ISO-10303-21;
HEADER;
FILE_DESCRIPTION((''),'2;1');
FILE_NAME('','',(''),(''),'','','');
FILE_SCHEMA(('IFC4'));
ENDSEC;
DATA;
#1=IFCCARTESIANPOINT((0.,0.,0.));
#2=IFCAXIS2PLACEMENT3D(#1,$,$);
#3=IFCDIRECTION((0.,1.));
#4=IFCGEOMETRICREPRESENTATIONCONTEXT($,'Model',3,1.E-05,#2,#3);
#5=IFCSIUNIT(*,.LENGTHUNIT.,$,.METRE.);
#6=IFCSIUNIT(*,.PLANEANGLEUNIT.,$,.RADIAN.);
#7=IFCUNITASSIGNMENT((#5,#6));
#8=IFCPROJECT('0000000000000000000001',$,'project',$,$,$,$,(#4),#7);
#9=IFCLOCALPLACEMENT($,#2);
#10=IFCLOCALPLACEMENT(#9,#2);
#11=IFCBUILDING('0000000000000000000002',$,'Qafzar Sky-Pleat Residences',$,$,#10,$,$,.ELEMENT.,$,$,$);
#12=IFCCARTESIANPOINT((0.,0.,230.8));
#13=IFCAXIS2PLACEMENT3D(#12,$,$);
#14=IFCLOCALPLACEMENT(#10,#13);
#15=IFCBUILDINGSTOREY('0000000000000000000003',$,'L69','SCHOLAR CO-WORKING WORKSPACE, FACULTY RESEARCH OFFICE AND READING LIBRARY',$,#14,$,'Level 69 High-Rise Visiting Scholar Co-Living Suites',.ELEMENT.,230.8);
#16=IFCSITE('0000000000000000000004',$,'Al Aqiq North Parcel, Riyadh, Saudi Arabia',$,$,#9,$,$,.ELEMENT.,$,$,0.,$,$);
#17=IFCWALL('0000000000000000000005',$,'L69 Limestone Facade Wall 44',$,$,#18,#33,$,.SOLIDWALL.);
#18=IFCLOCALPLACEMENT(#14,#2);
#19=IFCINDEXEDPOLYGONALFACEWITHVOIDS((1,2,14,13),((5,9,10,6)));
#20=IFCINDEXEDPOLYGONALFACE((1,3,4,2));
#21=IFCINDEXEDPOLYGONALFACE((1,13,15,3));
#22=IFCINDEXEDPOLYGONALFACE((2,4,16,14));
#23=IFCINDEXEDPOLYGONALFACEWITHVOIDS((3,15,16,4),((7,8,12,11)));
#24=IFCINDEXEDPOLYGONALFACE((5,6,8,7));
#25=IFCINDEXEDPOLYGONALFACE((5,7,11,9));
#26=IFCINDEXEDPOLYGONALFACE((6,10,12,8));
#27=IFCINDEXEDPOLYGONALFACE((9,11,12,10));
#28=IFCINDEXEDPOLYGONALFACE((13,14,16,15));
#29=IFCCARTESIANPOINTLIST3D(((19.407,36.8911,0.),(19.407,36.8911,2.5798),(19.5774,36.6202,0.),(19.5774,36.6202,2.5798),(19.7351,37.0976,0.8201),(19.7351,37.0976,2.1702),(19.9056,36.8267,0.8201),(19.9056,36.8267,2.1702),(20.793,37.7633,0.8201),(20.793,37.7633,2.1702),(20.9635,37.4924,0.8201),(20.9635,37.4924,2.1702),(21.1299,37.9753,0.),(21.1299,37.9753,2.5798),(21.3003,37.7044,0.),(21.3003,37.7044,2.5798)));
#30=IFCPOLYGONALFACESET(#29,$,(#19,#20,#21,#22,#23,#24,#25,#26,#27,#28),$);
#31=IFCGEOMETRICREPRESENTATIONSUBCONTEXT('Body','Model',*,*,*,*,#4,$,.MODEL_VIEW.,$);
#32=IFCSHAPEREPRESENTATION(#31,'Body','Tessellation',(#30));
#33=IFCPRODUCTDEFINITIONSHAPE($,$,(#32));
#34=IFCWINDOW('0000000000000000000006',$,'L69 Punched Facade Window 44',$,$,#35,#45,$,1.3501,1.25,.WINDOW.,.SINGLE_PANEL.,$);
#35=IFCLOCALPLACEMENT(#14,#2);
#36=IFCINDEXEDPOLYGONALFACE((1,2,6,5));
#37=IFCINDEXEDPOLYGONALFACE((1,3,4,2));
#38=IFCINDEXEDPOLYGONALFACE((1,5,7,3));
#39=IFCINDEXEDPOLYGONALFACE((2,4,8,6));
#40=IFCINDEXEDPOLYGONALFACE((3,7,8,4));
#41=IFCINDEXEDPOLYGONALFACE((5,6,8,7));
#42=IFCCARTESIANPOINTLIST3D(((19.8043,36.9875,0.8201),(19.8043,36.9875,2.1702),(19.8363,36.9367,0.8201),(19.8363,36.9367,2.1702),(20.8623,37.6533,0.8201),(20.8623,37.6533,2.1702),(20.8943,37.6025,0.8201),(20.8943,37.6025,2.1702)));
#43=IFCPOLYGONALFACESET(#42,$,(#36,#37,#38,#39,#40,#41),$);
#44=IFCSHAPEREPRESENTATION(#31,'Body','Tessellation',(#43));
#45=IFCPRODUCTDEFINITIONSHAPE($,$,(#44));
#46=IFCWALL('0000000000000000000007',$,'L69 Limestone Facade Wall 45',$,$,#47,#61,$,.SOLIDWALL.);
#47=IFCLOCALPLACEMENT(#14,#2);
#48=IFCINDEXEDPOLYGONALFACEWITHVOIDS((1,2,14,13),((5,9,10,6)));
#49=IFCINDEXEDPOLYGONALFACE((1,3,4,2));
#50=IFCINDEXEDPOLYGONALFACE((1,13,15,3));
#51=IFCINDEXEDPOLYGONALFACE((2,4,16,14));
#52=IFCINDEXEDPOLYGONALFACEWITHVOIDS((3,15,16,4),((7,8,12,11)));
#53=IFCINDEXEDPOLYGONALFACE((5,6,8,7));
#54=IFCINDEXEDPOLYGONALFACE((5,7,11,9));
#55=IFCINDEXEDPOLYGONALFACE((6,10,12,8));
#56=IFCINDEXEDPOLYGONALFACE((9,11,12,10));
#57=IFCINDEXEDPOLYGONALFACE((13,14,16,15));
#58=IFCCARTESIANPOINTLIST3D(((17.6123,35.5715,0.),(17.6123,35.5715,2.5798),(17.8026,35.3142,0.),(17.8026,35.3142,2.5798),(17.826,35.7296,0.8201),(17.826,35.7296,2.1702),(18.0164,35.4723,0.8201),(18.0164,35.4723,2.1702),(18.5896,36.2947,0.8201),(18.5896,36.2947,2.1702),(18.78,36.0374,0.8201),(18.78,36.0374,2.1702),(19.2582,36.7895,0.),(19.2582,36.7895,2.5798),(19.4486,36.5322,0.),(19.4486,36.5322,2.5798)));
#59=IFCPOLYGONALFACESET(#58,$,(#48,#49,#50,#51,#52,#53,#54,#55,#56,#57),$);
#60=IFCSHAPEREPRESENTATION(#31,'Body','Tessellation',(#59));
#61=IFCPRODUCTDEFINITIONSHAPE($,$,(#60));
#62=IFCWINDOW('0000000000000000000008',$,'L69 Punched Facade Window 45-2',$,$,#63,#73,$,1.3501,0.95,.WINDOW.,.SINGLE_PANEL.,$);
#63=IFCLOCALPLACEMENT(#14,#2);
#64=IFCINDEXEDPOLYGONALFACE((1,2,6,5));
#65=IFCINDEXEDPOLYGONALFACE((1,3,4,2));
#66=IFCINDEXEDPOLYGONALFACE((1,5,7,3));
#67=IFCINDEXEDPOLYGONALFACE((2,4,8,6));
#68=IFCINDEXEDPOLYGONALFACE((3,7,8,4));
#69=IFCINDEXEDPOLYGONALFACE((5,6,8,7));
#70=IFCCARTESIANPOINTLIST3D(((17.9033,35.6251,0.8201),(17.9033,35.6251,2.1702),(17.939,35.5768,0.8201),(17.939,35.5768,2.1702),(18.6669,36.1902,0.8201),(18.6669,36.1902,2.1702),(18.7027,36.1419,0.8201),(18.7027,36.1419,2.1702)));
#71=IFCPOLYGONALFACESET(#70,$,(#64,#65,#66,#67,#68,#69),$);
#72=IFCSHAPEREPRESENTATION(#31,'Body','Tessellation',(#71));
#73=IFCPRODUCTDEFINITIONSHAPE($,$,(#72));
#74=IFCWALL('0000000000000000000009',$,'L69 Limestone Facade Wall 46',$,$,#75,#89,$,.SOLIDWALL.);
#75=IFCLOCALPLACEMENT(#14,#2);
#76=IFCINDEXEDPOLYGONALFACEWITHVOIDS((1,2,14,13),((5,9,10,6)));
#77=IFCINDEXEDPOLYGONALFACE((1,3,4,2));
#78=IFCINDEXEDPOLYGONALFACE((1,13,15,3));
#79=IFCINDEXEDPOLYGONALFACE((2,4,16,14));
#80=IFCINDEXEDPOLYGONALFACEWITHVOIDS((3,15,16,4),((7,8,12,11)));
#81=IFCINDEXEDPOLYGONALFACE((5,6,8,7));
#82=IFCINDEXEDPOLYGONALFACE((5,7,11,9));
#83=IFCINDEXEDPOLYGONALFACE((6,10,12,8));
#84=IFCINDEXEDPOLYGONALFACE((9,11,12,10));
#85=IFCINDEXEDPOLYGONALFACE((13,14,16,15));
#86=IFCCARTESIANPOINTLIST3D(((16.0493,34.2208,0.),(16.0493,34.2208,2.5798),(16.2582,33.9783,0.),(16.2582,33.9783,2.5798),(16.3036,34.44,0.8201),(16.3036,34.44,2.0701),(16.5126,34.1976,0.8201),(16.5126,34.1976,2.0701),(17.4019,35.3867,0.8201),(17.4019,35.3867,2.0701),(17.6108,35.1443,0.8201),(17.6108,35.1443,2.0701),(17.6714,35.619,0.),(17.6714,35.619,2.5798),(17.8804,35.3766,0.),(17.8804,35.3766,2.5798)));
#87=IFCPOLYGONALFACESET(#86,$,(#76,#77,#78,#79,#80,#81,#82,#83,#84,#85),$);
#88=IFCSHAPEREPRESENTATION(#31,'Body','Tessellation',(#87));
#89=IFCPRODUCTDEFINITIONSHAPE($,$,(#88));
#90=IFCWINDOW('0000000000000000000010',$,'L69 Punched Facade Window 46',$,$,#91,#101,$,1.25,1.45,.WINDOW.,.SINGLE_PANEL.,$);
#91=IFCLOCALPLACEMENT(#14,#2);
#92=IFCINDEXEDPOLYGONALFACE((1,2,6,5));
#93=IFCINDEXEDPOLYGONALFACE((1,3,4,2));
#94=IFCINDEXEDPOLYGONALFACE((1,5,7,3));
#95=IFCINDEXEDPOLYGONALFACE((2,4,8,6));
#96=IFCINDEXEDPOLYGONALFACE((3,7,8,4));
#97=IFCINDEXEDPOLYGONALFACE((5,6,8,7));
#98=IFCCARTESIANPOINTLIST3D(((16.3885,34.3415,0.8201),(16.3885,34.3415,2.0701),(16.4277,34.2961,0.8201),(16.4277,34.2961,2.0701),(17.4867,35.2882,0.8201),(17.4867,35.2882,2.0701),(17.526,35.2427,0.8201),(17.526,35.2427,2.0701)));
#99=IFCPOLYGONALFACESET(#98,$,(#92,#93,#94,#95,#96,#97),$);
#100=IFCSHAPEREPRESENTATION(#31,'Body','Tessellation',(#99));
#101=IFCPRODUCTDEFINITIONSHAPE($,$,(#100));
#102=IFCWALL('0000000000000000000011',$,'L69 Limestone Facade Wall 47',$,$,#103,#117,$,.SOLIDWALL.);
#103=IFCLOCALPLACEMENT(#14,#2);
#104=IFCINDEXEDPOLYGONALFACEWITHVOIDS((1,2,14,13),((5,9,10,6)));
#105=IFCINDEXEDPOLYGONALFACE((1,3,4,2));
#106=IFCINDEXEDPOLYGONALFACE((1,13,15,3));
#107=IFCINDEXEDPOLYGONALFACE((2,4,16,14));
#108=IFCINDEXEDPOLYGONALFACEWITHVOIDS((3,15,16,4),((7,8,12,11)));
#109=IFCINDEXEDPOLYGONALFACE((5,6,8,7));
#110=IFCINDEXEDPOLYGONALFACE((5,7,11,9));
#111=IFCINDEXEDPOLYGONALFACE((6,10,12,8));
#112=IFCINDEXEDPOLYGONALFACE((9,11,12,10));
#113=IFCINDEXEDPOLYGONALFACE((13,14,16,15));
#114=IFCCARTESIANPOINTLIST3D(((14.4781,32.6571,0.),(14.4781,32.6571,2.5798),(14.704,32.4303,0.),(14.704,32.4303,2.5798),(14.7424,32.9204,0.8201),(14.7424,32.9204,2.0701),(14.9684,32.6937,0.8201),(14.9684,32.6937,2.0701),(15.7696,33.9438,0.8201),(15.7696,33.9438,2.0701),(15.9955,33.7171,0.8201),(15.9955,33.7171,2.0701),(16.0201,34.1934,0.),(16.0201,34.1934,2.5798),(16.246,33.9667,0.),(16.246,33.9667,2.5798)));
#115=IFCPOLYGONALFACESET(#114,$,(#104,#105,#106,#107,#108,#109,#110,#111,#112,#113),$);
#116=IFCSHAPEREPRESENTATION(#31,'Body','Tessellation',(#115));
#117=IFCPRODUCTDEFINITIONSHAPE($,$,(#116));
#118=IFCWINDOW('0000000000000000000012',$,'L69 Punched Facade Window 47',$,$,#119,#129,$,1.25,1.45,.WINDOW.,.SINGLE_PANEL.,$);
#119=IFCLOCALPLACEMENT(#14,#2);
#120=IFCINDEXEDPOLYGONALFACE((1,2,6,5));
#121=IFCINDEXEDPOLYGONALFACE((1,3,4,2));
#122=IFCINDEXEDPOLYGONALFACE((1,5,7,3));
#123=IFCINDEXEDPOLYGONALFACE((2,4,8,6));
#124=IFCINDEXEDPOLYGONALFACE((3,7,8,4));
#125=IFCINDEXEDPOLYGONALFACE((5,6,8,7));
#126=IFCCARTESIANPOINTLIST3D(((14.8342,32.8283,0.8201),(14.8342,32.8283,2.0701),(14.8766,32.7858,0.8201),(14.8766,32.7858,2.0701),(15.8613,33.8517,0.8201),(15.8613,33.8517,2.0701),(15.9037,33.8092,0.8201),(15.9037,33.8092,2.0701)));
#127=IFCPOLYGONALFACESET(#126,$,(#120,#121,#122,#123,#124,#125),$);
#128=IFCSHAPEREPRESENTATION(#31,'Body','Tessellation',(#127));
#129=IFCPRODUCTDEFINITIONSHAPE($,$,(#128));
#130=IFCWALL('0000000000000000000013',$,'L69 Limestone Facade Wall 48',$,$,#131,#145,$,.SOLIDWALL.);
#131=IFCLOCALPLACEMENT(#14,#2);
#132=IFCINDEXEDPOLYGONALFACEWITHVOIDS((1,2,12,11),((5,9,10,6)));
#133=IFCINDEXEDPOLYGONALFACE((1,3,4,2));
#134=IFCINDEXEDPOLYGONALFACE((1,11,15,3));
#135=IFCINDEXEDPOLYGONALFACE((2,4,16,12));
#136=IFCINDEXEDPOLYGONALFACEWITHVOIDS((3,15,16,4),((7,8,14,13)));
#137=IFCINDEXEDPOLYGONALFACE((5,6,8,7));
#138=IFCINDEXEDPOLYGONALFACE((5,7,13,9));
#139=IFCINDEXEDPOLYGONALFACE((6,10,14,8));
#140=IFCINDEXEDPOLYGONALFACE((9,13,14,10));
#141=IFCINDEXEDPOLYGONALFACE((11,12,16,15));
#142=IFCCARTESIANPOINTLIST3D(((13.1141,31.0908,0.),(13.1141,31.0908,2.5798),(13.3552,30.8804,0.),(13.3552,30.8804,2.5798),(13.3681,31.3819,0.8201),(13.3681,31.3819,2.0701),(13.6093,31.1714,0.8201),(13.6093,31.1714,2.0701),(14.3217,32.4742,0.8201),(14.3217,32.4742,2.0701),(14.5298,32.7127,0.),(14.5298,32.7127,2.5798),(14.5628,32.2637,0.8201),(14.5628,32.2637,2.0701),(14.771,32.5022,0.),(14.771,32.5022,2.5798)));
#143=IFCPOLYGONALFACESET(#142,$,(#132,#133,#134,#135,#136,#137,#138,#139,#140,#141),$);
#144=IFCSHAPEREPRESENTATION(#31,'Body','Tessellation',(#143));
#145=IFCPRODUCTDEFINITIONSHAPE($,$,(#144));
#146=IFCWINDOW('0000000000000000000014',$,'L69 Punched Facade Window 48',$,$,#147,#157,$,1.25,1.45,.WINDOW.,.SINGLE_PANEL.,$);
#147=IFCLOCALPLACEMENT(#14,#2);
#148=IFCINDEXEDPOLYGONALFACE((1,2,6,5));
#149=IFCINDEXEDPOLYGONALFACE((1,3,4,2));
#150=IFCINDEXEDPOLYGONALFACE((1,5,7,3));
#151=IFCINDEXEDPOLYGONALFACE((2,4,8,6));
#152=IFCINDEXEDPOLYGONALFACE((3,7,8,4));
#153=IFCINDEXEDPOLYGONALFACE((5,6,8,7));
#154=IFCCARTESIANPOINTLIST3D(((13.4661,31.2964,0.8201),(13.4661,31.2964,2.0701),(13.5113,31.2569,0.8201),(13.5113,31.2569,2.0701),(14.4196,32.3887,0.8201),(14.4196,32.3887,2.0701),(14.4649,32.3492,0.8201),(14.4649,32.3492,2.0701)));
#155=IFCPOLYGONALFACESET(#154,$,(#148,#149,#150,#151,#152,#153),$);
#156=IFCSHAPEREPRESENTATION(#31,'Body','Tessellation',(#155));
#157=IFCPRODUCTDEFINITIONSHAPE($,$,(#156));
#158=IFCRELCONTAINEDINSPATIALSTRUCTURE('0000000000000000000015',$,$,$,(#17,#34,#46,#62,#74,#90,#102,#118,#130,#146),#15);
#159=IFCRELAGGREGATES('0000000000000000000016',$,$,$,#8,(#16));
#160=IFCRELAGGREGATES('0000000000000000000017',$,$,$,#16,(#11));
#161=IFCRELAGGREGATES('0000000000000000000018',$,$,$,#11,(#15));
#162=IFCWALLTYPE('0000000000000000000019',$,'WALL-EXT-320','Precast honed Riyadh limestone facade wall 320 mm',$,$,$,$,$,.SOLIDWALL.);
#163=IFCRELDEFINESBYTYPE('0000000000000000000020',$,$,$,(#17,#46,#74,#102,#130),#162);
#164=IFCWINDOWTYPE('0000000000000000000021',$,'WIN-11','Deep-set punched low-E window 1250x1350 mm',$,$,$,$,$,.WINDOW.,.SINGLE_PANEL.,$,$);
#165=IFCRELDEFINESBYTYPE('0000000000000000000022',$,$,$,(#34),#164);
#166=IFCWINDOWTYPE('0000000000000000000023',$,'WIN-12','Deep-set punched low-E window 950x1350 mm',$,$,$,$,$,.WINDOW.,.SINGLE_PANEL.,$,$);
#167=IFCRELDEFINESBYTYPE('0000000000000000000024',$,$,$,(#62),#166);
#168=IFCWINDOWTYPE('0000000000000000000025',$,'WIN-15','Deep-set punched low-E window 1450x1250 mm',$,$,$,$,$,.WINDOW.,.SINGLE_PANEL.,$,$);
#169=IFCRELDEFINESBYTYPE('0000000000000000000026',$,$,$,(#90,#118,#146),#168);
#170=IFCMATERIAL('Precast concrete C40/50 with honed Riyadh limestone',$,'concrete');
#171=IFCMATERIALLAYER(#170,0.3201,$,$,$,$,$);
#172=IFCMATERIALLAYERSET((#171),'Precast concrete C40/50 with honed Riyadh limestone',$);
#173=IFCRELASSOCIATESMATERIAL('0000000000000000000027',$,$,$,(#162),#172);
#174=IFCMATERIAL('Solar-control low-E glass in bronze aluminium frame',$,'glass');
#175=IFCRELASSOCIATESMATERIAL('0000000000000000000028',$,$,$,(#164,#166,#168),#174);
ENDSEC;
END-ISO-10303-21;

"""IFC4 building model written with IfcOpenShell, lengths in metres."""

from ifc_helpers import new_model, si_unit, direction, frame, frame_2d, origin, place, context, subcontext, project, spatial, rectangle, extrude, source, transform, mapped, material, layer, layer_set, type_object, element, fill, save


model = new_model("IFC4")

# Units and contexts
model_context = context("Model", 3, precision=1e-05, world=origin(), true_north=direction((0.0, 1.0)))
body_context = subcontext(model_context, "Body", "Model", "MODEL_VIEW")
ifc_project = project(units=[si_unit("LENGTHUNIT", "METRE"), si_unit("PLANEANGLEUNIT", "RADIAN")], contexts=[model_context])

# Site, building, storey
site_placement = place(None, origin())
site = spatial("IfcSite", under=ifc_project, at=site_placement, Name="Al Aqiq North Parcel, Riyadh, Saudi Arabia", CompositionType="ELEMENT", RefElevation=0.0)
building_placement = place(site_placement, origin())
building = spatial("IfcBuilding", under=site, at=building_placement, Name="Qafzar Sky-Pleat Residences", CompositionType="ELEMENT")
storey_placement = place(building_placement, frame((0.0, 0.0, 230.8)))
storey = spatial("IfcBuildingStorey", under=building, at=storey_placement, Name="L69", Description="SCHOLAR CO-WORKING WORKSPACE, FACULTY RESEARCH OFFICE AND READING LIBRARY", LongName="Level 69 High-Rise Visiting Scholar Co-Living Suites", CompositionType="ELEMENT", Elevation=230.8)

# Walls, openings, windows
ifc_material_1 = material(Name="Precast concrete C40/50 with honed Riyadh limestone", Category="concrete")
ifc_layer_1 = layer(ifc_material_1, 0.3201)
ifc_layer_set_1 = layer_set([ifc_layer_1], Name="Precast concrete C40/50 with honed Riyadh limestone")
wall_type_1 = type_object("IfcWallType", Name="WALL-EXT-320", Description="Precast honed Riyadh limestone facade wall 320 mm", PredefinedType="SOLIDWALL", material=ifc_layer_set_1)
wall_1_placement = place(storey_placement, frame((21.2151, 37.8398, 0.0), z_axis=(0.0, 0.0, 1.0), x_axis=(-0.846357, -0.532616, 0.0)))
wall_1 = element("IfcWall", 1, at=wall_1_placement, inside=storey, type_object=wall_type_1, Name="L69 Limestone Facade Wall 44", PredefinedType="SOLIDWALL", context=body_context, shape_type="SweptSolid", body=[
    extrude(rectangle(XDim=2.0356, YDim=0.3201, at=frame_2d((1.0178, 0.0))), origin(), (0.0, 0.0, 1.0), 2.5798),
])
opening_1_placement = place(wall_1_placement, frame((0.3979, 0.0, 0.8201)))
opening_1 = element("IfcOpeningElement", 2, at=opening_1_placement, cuts=wall_1, PredefinedType="OPENING", context=body_context, shape_type="SweptSolid", body=[
    extrude(rectangle(XDim=1.25, YDim=1.3501, at=frame_2d((0.625, 0.675))), frame((0.0, 0.1699, 0.0), z_axis=(0.0, -1.0, 0.0), x_axis=(1.0, 0.0, 0.0)), (0.0, 0.0, 1.0), 0.3401),
])
ifc_material_2 = material(Name="Solar-control low-E glass in bronze aluminium frame", Category="glass")
window_type_1 = type_object("IfcWindowType", Name="WIN-11", Description="Deep-set punched low-E window 1250x1350 mm", PartitioningType="SINGLE_PANEL", PredefinedType="WINDOW", material=ifc_material_2)
shared_shape_1 = source(origin(), body_context, "Body", "SweptSolid", [
    extrude(rectangle(XDim=1.25, YDim=1.3501, at=frame_2d((0.625, 0.675))), frame((0.0, 0.03, 0.0), z_axis=(0.0, -1.0, 0.0), x_axis=(1.0, 0.0, 0.0)), (0.0, 0.0, 1.0), 0.0601),
])
window_1_placement = place(opening_1_placement, origin())
window_1 = element("IfcWindow", 3, at=window_1_placement, inside=storey, type_object=window_type_1, Name="L69 Punched Facade Window 44", OverallHeight=1.3501, OverallWidth=1.25, PartitioningType="SINGLE_PANEL", PredefinedType="WINDOW", context=body_context, shape_type="MappedRepresentation", body=[
    mapped(shared_shape_1, transform((0.0, 0.0, 0.0), x_axis=(1.0, 0.0, 0.0), y_axis=(0.0, 1.0, 0.0), z_axis=(0.0, 0.0, 1.0), scale=1.0)),
])
fill(opening_1, window_1)
wall_2_placement = place(storey_placement, frame((19.3535, 36.6609, 0.0), z_axis=(0.0, 0.0, 1.0), x_axis=(-0.803846, -0.594837, 0.0)))
wall_2 = element("IfcWall", 4, at=wall_2_placement, inside=storey, type_object=wall_type_1, Name="L69 Limestone Facade Wall 45", PredefinedType="SOLIDWALL", context=body_context, shape_type="SweptSolid", body=[
    extrude(rectangle(XDim=2.0476, YDim=0.3201, at=frame_2d((1.0239, 0.0))), origin(), (0.0, 0.0, 1.0), 2.5798),
])
opening_2_placement = place(wall_2_placement, frame((0.8318, 0.0, 0.8201)))
opening_2 = element("IfcOpeningElement", 5, at=opening_2_placement, cuts=wall_2, PredefinedType="OPENING", context=body_context, shape_type="SweptSolid", body=[
    extrude(rectangle(XDim=0.95, YDim=1.3501, at=frame_2d((0.4751, 0.675))), frame((0.0, 0.1699, 0.0), z_axis=(0.0, -1.0, 0.0), x_axis=(1.0, 0.0, 0.0)), (0.0, 0.0, 1.0), 0.3401),
])
window_type_2 = type_object("IfcWindowType", Name="WIN-12", Description="Deep-set punched low-E window 950x1350 mm", PartitioningType="SINGLE_PANEL", PredefinedType="WINDOW", material=ifc_material_2)
shared_shape_2 = source(origin(), body_context, "Body", "SweptSolid", [
    extrude(rectangle(XDim=0.95, YDim=1.3501, at=frame_2d((0.4751, 0.675))), frame((0.0, 0.03, 0.0), z_axis=(0.0, -1.0, 0.0), x_axis=(1.0, 0.0, 0.0)), (0.0, 0.0, 1.0), 0.0601),
])
window_2_placement = place(opening_2_placement, origin())
window_2 = element("IfcWindow", 6, at=window_2_placement, inside=storey, type_object=window_type_2, Name="L69 Punched Facade Window 45-2", OverallHeight=1.3501, OverallWidth=0.95, PartitioningType="SINGLE_PANEL", PredefinedType="WINDOW", context=body_context, shape_type="MappedRepresentation", body=[
    mapped(shared_shape_2, transform((0.0, 0.0, 0.0), x_axis=(1.0, 0.0, 0.0), y_axis=(0.0, 1.0, 0.0), z_axis=(0.0, 0.0, 1.0), scale=1.0)),
])
fill(opening_2, window_2)
wall_3_placement = place(storey_placement, frame((17.7759, 35.4978, 0.0), z_axis=(0.0, 0.0, 1.0), x_axis=(-0.757443, -0.652901, 0.0)))
wall_3 = element("IfcWall", 7, at=wall_3_placement, inside=storey, type_object=wall_type_1, Name="L69 Limestone Facade Wall 46", PredefinedType="SOLIDWALL", context=body_context, shape_type="SweptSolid", body=[
    extrude(rectangle(XDim=2.1416, YDim=0.3201, at=frame_2d((1.0708, 0.0))), origin(), (0.0, 0.0, 1.0), 2.5798),
])
opening_3_placement = place(wall_3_placement, frame((0.3557, 0.0, 0.8201)))
opening_3 = element("IfcOpeningElement", 8, at=opening_3_placement, cuts=wall_3, PredefinedType="OPENING", context=body_context, shape_type="SweptSolid", body=[
    extrude(rectangle(XDim=1.45, YDim=1.25, at=frame_2d((0.7251, 0.625))), frame((0.0, 0.1699, 0.0), z_axis=(0.0, -1.0, 0.0), x_axis=(1.0, 0.0, 0.0)), (0.0, 0.0, 1.0), 0.3401),
])
window_type_3 = type_object("IfcWindowType", Name="WIN-15", Description="Deep-set punched low-E window 1450x1250 mm", PartitioningType="SINGLE_PANEL", PredefinedType="WINDOW", material=ifc_material_2)
shared_shape_3 = source(origin(), body_context, "Body", "SweptSolid", [
    extrude(rectangle(XDim=1.45, YDim=1.25, at=frame_2d((0.7251, 0.625))), frame((0.0, 0.03, 0.0), z_axis=(0.0, -1.0, 0.0), x_axis=(1.0, 0.0, 0.0)), (0.0, 0.0, 1.0), 0.0601),
])
window_3_placement = place(opening_3_placement, origin())
window_3 = element("IfcWindow", 9, at=window_3_placement, inside=storey, type_object=window_type_3, Name="L69 Punched Facade Window 46", OverallHeight=1.25, OverallWidth=1.45, PartitioningType="SINGLE_PANEL", PredefinedType="WINDOW", context=body_context, shape_type="MappedRepresentation", body=[
    mapped(shared_shape_3, transform((0.0, 0.0, 0.0), x_axis=(1.0, 0.0, 0.0), y_axis=(0.0, 1.0, 0.0), z_axis=(0.0, 0.0, 1.0), scale=1.0)),
])
fill(opening_3, window_3)
wall_4_placement = place(storey_placement, frame((16.1331, 34.0801, 0.0), z_axis=(0.0, 0.0, 1.0), x_axis=(-0.708395, -0.705816, 0.0)))
wall_4 = element("IfcWall", 10, at=wall_4_placement, inside=storey, type_object=wall_type_1, Name="L69 Limestone Facade Wall 47", PredefinedType="SOLIDWALL", context=body_context, shape_type="SweptSolid", body=[
    extrude(rectangle(XDim=2.1768, YDim=0.3201, at=frame_2d((1.0884, 0.0))), origin(), (0.0, 0.0, 1.0), 2.5798),
])
opening_4_placement = place(wall_4_placement, frame((0.3535, 0.0, 0.8201)))
opening_4 = element("IfcOpeningElement", 11, at=opening_4_placement, cuts=wall_4, PredefinedType="OPENING", context=body_context, shape_type="SweptSolid", body=[
    extrude(rectangle(XDim=1.45, YDim=1.25, at=frame_2d((0.7251, 0.625))), frame((0.0, 0.1699, 0.0), z_axis=(0.0, -1.0, 0.0), x_axis=(1.0, 0.0, 0.0)), (0.0, 0.0, 1.0), 0.3401),
])
window_4_placement = place(opening_4_placement, origin())
window_4 = element("IfcWindow", 12, at=window_4_placement, inside=storey, type_object=window_type_3, Name="L69 Punched Facade Window 47", OverallHeight=1.25, OverallWidth=1.45, PartitioningType="SINGLE_PANEL", PredefinedType="WINDOW", context=body_context, shape_type="MappedRepresentation", body=[
    mapped(shared_shape_3, transform((0.0, 0.0, 0.0), x_axis=(1.0, 0.0, 0.0), y_axis=(0.0, 1.0, 0.0), z_axis=(0.0, 0.0, 1.0), scale=1.0)),
])
fill(opening_4, window_4)
wall_5_placement = place(storey_placement, frame((14.6504, 32.6074, 0.0), z_axis=(0.0, 0.0, 1.0), x_axis=(-0.657629, -0.753342, 0.0)))
wall_5 = element("IfcWall", 13, at=wall_5_placement, inside=storey, type_object=wall_type_1, Name="L69 Limestone Facade Wall 48", PredefinedType="SOLIDWALL", context=body_context, shape_type="SweptSolid", body=[
    extrude(rectangle(XDim=2.1528, YDim=0.3201, at=frame_2d((1.0764, 0.0))), origin(), (0.0, 0.0, 1.0), 2.5798),
])
opening_5_placement = place(wall_5_placement, frame((0.3164, 0.0, 0.8201)))
opening_5 = element("IfcOpeningElement", 14, at=opening_5_placement, cuts=wall_5, PredefinedType="OPENING", context=body_context, shape_type="SweptSolid", body=[
    extrude(rectangle(XDim=1.45, YDim=1.25, at=frame_2d((0.7251, 0.625))), frame((0.0, 0.1699, 0.0), z_axis=(0.0, -1.0, 0.0), x_axis=(1.0, 0.0, 0.0)), (0.0, 0.0, 1.0), 0.3401),
])
window_5_placement = place(opening_5_placement, origin())
window_5 = element("IfcWindow", 15, at=window_5_placement, inside=storey, type_object=window_type_3, Name="L69 Punched Facade Window 48", OverallHeight=1.25, OverallWidth=1.45, PartitioningType="SINGLE_PANEL", PredefinedType="WINDOW", context=body_context, shape_type="MappedRepresentation", body=[
    mapped(shared_shape_3, transform((0.0, 0.0, 0.0), x_axis=(1.0, 0.0, 0.0), y_axis=(0.0, 1.0, 0.0), z_axis=(0.0, 0.0, 1.0), scale=1.0)),
])
fill(opening_5, window_5)

save(model, "model.ifc")
